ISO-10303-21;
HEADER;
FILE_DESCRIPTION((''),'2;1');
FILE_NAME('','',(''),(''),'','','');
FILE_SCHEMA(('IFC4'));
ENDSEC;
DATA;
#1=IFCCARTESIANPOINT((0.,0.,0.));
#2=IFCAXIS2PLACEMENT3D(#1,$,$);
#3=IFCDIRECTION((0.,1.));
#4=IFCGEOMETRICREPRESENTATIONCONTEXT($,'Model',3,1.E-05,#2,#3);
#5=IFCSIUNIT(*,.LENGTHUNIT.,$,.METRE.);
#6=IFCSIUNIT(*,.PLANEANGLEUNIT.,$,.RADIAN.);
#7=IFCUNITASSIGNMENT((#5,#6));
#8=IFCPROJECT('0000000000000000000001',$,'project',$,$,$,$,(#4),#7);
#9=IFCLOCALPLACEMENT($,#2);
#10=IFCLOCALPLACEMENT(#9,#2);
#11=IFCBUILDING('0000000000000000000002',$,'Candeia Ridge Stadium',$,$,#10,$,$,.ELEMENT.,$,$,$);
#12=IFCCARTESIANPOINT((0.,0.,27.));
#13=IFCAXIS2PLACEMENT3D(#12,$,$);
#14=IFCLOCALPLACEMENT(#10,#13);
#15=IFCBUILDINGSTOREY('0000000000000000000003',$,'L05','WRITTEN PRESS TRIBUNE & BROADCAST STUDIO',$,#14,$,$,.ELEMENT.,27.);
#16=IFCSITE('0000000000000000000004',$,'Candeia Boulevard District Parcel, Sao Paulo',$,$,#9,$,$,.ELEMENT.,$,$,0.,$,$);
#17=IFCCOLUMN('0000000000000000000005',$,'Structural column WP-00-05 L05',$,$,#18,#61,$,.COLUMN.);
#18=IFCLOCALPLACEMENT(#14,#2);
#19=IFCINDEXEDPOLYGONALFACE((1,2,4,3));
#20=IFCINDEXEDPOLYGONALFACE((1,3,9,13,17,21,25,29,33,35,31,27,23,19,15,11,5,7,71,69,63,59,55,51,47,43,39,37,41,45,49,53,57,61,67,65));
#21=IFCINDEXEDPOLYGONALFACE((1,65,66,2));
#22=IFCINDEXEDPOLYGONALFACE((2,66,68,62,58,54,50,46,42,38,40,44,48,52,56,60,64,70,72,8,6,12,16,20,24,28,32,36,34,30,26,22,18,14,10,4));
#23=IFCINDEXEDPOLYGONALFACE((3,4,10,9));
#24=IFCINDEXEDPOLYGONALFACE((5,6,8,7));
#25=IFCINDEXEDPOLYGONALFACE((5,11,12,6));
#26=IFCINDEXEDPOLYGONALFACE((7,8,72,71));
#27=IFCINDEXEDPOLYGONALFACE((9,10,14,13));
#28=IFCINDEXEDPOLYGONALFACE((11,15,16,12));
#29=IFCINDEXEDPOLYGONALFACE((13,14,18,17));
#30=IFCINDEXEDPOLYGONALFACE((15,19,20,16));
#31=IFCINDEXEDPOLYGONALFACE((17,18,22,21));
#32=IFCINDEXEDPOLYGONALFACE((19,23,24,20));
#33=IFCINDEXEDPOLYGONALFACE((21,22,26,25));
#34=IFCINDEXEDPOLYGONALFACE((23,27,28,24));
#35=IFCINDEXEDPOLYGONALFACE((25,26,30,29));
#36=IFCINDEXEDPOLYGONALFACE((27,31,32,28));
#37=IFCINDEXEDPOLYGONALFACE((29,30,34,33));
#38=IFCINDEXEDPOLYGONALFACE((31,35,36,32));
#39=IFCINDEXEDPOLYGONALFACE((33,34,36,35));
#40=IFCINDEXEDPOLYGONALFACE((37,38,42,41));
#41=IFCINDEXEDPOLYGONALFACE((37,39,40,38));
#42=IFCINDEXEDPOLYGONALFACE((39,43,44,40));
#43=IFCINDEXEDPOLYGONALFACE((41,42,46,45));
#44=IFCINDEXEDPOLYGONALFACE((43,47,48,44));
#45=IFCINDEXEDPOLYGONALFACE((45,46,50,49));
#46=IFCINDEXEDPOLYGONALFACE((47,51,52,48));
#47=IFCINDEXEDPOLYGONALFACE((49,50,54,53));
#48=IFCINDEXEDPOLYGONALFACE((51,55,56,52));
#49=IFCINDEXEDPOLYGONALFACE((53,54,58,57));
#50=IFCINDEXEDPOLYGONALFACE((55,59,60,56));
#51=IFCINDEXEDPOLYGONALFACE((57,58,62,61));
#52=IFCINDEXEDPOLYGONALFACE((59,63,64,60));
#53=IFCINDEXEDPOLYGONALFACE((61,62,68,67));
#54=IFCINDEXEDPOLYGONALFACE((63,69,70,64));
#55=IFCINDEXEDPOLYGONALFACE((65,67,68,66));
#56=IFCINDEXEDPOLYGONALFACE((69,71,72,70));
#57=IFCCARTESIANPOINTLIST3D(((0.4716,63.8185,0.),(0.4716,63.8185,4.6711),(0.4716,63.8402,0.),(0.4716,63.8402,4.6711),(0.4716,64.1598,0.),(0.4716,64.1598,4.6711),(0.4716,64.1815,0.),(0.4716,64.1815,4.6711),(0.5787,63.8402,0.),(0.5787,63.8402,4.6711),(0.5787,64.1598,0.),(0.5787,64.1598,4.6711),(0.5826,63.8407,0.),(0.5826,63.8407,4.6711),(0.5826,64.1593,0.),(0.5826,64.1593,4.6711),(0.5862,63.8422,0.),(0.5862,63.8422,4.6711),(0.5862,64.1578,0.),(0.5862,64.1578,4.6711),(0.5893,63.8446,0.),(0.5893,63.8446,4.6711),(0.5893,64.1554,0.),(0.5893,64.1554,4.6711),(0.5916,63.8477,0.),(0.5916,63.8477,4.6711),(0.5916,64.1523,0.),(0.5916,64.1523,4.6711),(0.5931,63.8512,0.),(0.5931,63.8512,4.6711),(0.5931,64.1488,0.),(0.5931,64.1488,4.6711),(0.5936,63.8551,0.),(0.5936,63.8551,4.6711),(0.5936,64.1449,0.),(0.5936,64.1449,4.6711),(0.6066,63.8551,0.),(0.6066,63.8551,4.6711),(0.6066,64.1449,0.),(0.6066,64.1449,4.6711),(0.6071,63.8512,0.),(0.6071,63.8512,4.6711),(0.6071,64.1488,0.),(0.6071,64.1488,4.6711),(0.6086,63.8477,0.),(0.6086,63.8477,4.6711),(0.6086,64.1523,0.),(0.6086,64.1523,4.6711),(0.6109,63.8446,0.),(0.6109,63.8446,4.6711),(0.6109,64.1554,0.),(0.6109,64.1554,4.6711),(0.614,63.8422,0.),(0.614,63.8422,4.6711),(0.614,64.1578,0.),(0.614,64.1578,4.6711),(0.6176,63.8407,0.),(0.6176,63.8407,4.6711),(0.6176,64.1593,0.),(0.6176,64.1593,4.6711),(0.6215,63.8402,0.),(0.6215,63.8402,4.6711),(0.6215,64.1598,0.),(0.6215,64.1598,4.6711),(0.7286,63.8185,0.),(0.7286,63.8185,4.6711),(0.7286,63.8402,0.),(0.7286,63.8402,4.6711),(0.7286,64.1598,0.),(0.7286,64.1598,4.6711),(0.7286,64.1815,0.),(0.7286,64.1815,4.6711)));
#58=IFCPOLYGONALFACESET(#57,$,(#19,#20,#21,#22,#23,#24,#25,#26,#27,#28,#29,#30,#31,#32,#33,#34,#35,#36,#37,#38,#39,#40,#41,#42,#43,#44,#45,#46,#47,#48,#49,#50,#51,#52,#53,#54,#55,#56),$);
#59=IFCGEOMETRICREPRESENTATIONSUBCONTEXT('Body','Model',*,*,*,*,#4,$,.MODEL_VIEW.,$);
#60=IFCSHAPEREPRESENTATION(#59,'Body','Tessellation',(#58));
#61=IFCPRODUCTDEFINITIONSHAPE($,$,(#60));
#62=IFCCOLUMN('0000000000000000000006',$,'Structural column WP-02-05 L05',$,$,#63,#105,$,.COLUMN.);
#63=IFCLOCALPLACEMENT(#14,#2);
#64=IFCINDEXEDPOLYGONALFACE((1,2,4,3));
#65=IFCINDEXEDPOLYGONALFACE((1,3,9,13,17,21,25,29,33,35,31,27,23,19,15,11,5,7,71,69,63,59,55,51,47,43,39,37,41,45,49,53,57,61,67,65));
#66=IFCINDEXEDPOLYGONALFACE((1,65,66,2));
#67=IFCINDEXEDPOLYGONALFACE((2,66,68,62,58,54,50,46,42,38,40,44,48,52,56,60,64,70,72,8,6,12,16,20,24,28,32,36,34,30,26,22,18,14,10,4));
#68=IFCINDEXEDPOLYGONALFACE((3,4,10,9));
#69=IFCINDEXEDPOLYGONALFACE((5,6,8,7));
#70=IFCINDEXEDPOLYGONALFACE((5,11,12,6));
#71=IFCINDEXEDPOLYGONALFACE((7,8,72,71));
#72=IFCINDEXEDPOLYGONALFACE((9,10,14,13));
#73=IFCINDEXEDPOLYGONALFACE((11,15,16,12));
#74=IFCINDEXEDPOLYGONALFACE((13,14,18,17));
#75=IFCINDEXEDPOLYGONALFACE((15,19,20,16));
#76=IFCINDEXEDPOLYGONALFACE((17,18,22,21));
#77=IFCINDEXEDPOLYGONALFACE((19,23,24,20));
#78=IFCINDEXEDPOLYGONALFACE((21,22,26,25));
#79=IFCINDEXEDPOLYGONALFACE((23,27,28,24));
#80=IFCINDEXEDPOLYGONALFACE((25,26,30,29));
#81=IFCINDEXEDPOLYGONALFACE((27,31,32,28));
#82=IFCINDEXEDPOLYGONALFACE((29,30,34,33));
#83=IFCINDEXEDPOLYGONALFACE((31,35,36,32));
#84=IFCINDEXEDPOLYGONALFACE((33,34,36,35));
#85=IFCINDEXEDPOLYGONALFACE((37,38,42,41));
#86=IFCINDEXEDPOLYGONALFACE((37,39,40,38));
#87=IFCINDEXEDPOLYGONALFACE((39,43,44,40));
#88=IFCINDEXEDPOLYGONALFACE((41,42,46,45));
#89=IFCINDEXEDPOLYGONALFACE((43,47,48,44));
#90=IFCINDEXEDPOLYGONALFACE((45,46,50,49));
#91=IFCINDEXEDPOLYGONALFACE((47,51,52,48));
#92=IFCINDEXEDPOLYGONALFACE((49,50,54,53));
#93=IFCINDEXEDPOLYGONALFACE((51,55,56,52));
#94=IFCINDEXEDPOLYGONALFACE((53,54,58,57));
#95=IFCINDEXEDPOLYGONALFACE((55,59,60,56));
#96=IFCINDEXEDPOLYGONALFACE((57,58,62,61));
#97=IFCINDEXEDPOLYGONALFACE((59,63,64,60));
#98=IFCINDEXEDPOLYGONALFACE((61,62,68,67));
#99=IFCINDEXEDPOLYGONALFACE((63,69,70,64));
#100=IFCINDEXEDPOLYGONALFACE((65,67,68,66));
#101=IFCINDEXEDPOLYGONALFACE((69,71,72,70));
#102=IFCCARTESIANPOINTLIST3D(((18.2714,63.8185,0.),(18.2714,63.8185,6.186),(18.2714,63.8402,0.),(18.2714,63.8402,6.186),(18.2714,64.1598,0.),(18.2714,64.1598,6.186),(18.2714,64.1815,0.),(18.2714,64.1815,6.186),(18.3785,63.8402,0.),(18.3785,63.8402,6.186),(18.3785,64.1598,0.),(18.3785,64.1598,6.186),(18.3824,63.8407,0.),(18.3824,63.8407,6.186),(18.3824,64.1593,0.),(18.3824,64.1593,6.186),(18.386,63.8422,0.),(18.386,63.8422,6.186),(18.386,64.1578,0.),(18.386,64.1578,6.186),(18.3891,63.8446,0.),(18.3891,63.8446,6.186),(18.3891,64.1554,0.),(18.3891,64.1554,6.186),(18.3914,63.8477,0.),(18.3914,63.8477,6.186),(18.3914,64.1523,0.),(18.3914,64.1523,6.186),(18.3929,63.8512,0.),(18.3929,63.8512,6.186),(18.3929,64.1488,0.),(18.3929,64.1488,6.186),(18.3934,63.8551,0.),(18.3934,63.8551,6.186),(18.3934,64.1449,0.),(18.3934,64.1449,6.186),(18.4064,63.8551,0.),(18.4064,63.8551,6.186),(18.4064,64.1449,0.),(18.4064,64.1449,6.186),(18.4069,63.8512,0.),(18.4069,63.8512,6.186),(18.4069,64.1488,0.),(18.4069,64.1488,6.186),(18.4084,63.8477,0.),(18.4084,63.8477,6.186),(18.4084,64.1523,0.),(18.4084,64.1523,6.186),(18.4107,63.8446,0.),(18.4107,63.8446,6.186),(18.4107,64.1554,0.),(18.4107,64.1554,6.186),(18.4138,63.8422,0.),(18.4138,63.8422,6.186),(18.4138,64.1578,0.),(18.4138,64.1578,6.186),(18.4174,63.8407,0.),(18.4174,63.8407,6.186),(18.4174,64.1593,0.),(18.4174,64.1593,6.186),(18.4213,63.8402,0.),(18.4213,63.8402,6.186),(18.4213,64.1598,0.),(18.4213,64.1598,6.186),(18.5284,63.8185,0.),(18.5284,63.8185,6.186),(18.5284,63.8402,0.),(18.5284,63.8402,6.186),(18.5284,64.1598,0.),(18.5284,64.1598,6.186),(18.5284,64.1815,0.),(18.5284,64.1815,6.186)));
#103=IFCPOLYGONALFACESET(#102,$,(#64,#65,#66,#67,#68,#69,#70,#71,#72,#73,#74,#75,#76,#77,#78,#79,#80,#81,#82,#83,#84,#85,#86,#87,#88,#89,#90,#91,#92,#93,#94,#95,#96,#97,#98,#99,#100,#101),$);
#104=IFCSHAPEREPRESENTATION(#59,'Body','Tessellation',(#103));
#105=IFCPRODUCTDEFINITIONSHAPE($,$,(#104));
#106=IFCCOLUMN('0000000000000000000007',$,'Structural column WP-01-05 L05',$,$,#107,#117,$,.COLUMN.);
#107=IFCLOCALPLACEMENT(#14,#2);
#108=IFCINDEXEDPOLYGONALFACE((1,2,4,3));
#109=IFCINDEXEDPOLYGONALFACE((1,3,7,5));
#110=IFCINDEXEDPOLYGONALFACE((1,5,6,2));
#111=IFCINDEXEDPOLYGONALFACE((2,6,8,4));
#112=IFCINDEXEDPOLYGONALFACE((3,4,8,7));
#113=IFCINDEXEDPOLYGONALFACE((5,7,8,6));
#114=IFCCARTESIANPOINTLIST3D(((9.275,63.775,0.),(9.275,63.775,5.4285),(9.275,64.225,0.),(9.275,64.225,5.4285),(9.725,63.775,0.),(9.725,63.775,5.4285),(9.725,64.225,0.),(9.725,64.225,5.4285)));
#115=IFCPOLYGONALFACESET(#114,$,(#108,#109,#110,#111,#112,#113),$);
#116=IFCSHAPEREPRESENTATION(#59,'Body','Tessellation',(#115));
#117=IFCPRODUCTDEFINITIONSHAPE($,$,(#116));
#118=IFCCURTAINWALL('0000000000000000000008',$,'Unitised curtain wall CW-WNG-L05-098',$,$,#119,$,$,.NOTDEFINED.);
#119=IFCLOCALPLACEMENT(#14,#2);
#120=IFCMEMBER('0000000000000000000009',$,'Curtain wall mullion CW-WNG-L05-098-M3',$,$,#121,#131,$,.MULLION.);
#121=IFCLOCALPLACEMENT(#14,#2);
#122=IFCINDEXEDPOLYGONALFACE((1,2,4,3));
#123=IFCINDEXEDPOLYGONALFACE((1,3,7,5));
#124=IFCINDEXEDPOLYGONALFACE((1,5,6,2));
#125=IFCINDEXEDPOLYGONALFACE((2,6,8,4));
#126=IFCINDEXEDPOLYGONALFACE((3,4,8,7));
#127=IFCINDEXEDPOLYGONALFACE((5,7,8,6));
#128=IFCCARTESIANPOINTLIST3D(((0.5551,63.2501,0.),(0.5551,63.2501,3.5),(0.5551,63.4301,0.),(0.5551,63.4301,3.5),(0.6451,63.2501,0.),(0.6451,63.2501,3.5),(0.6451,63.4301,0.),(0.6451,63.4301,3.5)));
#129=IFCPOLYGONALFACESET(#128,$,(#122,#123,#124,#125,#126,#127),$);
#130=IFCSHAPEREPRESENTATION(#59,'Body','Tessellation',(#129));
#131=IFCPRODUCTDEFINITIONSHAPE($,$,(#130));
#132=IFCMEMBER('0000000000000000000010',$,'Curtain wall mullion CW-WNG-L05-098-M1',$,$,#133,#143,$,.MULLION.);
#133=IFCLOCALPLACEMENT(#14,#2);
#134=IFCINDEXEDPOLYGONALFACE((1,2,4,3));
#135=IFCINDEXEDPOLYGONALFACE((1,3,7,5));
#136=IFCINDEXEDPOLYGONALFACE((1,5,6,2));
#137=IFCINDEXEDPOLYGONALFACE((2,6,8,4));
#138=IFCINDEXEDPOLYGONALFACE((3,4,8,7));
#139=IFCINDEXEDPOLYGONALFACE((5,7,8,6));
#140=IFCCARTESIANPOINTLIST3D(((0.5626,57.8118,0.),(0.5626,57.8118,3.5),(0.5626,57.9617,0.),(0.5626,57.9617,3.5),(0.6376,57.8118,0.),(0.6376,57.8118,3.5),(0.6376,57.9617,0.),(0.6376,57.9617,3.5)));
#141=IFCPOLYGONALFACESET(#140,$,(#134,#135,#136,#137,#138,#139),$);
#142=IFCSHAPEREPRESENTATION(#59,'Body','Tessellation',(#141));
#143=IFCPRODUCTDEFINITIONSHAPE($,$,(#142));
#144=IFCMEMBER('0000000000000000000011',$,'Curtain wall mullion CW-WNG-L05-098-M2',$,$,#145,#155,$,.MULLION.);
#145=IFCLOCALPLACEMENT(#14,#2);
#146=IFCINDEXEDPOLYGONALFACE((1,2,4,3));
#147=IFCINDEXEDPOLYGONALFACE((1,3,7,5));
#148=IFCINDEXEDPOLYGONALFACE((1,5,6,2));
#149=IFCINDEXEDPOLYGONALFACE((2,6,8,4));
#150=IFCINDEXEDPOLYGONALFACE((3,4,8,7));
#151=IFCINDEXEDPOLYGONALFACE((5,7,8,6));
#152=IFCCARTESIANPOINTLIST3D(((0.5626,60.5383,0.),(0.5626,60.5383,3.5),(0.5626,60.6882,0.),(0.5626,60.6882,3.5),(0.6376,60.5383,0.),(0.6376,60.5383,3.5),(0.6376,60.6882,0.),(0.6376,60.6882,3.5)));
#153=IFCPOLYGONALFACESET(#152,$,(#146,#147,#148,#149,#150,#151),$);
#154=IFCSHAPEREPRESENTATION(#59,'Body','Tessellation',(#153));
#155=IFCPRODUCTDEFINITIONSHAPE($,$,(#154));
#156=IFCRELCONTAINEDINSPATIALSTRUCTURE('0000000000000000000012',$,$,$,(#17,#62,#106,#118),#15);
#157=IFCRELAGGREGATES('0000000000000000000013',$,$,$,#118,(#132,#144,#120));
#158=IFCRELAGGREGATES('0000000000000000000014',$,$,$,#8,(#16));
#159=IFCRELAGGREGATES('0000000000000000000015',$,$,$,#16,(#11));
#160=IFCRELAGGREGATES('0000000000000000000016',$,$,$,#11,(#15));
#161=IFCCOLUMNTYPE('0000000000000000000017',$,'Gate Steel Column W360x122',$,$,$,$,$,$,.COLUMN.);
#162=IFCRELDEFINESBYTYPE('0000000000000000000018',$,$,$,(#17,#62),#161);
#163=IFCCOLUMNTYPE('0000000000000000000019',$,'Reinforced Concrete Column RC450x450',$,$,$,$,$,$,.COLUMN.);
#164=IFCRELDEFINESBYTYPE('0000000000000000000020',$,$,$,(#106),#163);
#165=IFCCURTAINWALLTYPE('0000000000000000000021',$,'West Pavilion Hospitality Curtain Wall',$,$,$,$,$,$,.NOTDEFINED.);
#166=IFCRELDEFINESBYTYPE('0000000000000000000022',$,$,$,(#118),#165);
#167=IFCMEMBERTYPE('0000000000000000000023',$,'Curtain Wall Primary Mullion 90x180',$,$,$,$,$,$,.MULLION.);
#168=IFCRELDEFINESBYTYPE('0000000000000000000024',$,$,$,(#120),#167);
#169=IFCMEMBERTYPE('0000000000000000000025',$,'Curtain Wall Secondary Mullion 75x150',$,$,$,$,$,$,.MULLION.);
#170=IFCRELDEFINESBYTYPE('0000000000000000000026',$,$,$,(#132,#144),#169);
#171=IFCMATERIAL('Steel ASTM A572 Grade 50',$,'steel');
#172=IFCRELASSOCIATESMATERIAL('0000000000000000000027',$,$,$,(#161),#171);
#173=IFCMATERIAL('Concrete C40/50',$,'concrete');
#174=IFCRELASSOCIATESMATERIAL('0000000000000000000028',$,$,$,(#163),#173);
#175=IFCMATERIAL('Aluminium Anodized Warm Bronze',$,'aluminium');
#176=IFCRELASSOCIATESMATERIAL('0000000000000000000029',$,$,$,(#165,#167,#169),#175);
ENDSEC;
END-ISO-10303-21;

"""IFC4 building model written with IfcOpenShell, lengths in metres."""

from ifc_helpers import new_model, si_unit, direction, frame, origin, origin_2d, place, context, subcontext, project, spatial, rectangle, i_section, extrude, material, material_profile, profile_set, type_object, element, aggregate, save


model = new_model("IFC4")

# Units and contexts
model_context = context("Model", 3, precision=1e-05, world=origin(), true_north=direction((0.0, 1.0)))
body_context = subcontext(model_context, "Body", "Model", "MODEL_VIEW")
ifc_project = project(units=[si_unit("LENGTHUNIT", "METRE"), si_unit("PLANEANGLEUNIT", "RADIAN")], contexts=[model_context])

# Site, building, storey
site_placement = place(None, origin())
site = spatial("IfcSite", under=ifc_project, at=site_placement, Name="Candeia Boulevard District Parcel, Sao Paulo", CompositionType="ELEMENT", RefElevation=0.0)
building_placement = place(site_placement, origin())
building = spatial("IfcBuilding", under=site, at=building_placement, Name="Candeia Ridge Stadium", CompositionType="ELEMENT")
storey_placement = place(building_placement, frame((0.0, 0.0, 27.0)))
storey = spatial("IfcBuildingStorey", under=building, at=storey_placement, Name="L05", Description="WRITTEN PRESS TRIBUNE & BROADCAST STUDIO", CompositionType="ELEMENT", Elevation=27.0)

# Columns
ifc_material_1 = material(Name="Steel ASTM A572 Grade 50", Category="steel")
ifc_material_profile_1 = material_profile(ifc_material_1, i_section(OverallWidth=0.2571, OverallDepth=0.363, WebThickness=0.0129, FlangeThickness=0.0217, FilletRadius=0.0149, at=origin_2d()), Name="W360x122", Category="steel")
ifc_profile_set_1 = profile_set([ifc_material_profile_1], Name="Steel ASTM A572 Grade 50")
column_type_1 = type_object("IfcColumnType", Name="Gate Steel Column W360x122", PredefinedType="COLUMN", material=ifc_profile_set_1)
column_1_placement = place(storey_placement, frame((0.6001, 64.0, 0.0), z_axis=(0.0, 0.0, 1.0), x_axis=(1.0, 0.0, 0.0)))
element("IfcColumn", 1, at=column_1_placement, inside=storey, type_object=column_type_1, Name="Structural column WP-00-05 L05", PredefinedType="COLUMN", context=body_context, shape_type="SweptSolid", body=[
    extrude(i_section(OverallWidth=0.2571, OverallDepth=0.363, WebThickness=0.0129, FlangeThickness=0.0217, FilletRadius=0.0149, at=origin_2d()), origin(), (0.0, 0.0, 1.0), 4.6711),
])
column_2_placement = place(storey_placement, frame((18.3999, 64.0, 0.0), z_axis=(0.0, 0.0, 1.0), x_axis=(1.0, 0.0, 0.0)))
element("IfcColumn", 2, at=column_2_placement, inside=storey, type_object=column_type_1, Name="Structural column WP-02-05 L05", PredefinedType="COLUMN", context=body_context, shape_type="SweptSolid", body=[
    extrude(i_section(OverallWidth=0.2571, OverallDepth=0.363, WebThickness=0.0129, FlangeThickness=0.0217, FilletRadius=0.0149, at=origin_2d()), origin(), (0.0, 0.0, 1.0), 6.186),
])
ifc_material_2 = material(Name="Concrete C40/50", Category="concrete")
ifc_material_profile_2 = material_profile(ifc_material_2, rectangle(XDim=0.45, YDim=0.45, at=origin_2d()), Name="RC450x450", Category="concrete")
ifc_profile_set_2 = profile_set([ifc_material_profile_2], Name="Concrete C40/50")
column_type_2 = type_object("IfcColumnType", Name="Reinforced Concrete Column RC450x450", PredefinedType="COLUMN", material=ifc_profile_set_2)
column_3_placement = place(storey_placement, frame((9.5, 64.0, 0.0), z_axis=(0.0, 0.0, 1.0), x_axis=(1.0, 0.0, 0.0)))
element("IfcColumn", 3, at=column_3_placement, inside=storey, type_object=column_type_2, Name="Structural column WP-01-05 L05", PredefinedType="COLUMN", context=body_context, shape_type="SweptSolid", body=[
    extrude(rectangle(XDim=0.45, YDim=0.45, at=origin_2d()), origin(), (0.0, 0.0, 1.0), 5.4285),
])

# Curtain wall, members
ifc_material_3 = material(Name="Aluminium Anodized Warm Bronze", Category="aluminium")
curtain_wall_type = type_object("IfcCurtainWallType", Name="West Pavilion Hospitality Curtain Wall", PredefinedType="NOTDEFINED", material=ifc_material_3)
curtain_wall_placement = place(storey_placement, origin())
curtain_wall = element("IfcCurtainWall", 4, at=curtain_wall_placement, inside=storey, type_object=curtain_wall_type, Name="Unitised curtain wall CW-WNG-L05-098", PredefinedType="NOTDEFINED")
ifc_material_profile_3 = material_profile(ifc_material_3, rectangle(XDim=0.0901, YDim=0.1799, at=origin_2d()), Name="CWM-90x180", Category="aluminium")
ifc_profile_set_3 = profile_set([ifc_material_profile_3], Name="Aluminium Anodized Warm Bronze")
member_type_1 = type_object("IfcMemberType", Name="Curtain Wall Primary Mullion 90x180", PredefinedType="MULLION", material=ifc_profile_set_3)
member_1_placement = place(storey_placement, frame((0.6001, 63.3401, 0.0), z_axis=(0.0, 0.0, 1.0), x_axis=(1.0, 0.0, 0.0)))
member_1 = element("IfcMember", 5, at=member_1_placement, type_object=member_type_1, Name="Curtain wall mullion CW-WNG-L05-098-M3", PredefinedType="MULLION", context=body_context, shape_type="SweptSolid", body=[
    extrude(rectangle(XDim=0.0901, YDim=0.1799, at=origin_2d()), origin(), (0.0, 0.0, 1.0), 3.5),
])
ifc_material_profile_4 = material_profile(ifc_material_3, rectangle(XDim=0.075, YDim=0.1499, at=origin_2d()), Name="CWM-75x150", Category="aluminium")
ifc_profile_set_4 = profile_set([ifc_material_profile_4], Name="Aluminium Anodized Warm Bronze")
member_type_2 = type_object("IfcMemberType", Name="Curtain Wall Secondary Mullion 75x150", PredefinedType="MULLION", material=ifc_profile_set_4)
member_2_placement = place(storey_placement, frame((0.6001, 57.8867, 0.0), z_axis=(0.0, 0.0, 1.0), x_axis=(1.0, 0.0, 0.0)))
member_2 = element("IfcMember", 6, at=member_2_placement, type_object=member_type_2, Name="Curtain wall mullion CW-WNG-L05-098-M1", PredefinedType="MULLION", context=body_context, shape_type="SweptSolid", body=[
    extrude(rectangle(XDim=0.075, YDim=0.1499, at=origin_2d()), origin(), (0.0, 0.0, 1.0), 3.5),
])
member_3_placement = place(storey_placement, frame((0.6001, 60.6133, 0.0), z_axis=(0.0, 0.0, 1.0), x_axis=(1.0, 0.0, 0.0)))
member_3 = element("IfcMember", 7, at=member_3_placement, type_object=member_type_2, Name="Curtain wall mullion CW-WNG-L05-098-M2", PredefinedType="MULLION", context=body_context, shape_type="SweptSolid", body=[
    extrude(rectangle(XDim=0.075, YDim=0.1499, at=origin_2d()), origin(), (0.0, 0.0, 1.0), 3.5),
])

aggregate(curtain_wall, [member_2, member_3, member_1])

save(model, "model.ifc")
